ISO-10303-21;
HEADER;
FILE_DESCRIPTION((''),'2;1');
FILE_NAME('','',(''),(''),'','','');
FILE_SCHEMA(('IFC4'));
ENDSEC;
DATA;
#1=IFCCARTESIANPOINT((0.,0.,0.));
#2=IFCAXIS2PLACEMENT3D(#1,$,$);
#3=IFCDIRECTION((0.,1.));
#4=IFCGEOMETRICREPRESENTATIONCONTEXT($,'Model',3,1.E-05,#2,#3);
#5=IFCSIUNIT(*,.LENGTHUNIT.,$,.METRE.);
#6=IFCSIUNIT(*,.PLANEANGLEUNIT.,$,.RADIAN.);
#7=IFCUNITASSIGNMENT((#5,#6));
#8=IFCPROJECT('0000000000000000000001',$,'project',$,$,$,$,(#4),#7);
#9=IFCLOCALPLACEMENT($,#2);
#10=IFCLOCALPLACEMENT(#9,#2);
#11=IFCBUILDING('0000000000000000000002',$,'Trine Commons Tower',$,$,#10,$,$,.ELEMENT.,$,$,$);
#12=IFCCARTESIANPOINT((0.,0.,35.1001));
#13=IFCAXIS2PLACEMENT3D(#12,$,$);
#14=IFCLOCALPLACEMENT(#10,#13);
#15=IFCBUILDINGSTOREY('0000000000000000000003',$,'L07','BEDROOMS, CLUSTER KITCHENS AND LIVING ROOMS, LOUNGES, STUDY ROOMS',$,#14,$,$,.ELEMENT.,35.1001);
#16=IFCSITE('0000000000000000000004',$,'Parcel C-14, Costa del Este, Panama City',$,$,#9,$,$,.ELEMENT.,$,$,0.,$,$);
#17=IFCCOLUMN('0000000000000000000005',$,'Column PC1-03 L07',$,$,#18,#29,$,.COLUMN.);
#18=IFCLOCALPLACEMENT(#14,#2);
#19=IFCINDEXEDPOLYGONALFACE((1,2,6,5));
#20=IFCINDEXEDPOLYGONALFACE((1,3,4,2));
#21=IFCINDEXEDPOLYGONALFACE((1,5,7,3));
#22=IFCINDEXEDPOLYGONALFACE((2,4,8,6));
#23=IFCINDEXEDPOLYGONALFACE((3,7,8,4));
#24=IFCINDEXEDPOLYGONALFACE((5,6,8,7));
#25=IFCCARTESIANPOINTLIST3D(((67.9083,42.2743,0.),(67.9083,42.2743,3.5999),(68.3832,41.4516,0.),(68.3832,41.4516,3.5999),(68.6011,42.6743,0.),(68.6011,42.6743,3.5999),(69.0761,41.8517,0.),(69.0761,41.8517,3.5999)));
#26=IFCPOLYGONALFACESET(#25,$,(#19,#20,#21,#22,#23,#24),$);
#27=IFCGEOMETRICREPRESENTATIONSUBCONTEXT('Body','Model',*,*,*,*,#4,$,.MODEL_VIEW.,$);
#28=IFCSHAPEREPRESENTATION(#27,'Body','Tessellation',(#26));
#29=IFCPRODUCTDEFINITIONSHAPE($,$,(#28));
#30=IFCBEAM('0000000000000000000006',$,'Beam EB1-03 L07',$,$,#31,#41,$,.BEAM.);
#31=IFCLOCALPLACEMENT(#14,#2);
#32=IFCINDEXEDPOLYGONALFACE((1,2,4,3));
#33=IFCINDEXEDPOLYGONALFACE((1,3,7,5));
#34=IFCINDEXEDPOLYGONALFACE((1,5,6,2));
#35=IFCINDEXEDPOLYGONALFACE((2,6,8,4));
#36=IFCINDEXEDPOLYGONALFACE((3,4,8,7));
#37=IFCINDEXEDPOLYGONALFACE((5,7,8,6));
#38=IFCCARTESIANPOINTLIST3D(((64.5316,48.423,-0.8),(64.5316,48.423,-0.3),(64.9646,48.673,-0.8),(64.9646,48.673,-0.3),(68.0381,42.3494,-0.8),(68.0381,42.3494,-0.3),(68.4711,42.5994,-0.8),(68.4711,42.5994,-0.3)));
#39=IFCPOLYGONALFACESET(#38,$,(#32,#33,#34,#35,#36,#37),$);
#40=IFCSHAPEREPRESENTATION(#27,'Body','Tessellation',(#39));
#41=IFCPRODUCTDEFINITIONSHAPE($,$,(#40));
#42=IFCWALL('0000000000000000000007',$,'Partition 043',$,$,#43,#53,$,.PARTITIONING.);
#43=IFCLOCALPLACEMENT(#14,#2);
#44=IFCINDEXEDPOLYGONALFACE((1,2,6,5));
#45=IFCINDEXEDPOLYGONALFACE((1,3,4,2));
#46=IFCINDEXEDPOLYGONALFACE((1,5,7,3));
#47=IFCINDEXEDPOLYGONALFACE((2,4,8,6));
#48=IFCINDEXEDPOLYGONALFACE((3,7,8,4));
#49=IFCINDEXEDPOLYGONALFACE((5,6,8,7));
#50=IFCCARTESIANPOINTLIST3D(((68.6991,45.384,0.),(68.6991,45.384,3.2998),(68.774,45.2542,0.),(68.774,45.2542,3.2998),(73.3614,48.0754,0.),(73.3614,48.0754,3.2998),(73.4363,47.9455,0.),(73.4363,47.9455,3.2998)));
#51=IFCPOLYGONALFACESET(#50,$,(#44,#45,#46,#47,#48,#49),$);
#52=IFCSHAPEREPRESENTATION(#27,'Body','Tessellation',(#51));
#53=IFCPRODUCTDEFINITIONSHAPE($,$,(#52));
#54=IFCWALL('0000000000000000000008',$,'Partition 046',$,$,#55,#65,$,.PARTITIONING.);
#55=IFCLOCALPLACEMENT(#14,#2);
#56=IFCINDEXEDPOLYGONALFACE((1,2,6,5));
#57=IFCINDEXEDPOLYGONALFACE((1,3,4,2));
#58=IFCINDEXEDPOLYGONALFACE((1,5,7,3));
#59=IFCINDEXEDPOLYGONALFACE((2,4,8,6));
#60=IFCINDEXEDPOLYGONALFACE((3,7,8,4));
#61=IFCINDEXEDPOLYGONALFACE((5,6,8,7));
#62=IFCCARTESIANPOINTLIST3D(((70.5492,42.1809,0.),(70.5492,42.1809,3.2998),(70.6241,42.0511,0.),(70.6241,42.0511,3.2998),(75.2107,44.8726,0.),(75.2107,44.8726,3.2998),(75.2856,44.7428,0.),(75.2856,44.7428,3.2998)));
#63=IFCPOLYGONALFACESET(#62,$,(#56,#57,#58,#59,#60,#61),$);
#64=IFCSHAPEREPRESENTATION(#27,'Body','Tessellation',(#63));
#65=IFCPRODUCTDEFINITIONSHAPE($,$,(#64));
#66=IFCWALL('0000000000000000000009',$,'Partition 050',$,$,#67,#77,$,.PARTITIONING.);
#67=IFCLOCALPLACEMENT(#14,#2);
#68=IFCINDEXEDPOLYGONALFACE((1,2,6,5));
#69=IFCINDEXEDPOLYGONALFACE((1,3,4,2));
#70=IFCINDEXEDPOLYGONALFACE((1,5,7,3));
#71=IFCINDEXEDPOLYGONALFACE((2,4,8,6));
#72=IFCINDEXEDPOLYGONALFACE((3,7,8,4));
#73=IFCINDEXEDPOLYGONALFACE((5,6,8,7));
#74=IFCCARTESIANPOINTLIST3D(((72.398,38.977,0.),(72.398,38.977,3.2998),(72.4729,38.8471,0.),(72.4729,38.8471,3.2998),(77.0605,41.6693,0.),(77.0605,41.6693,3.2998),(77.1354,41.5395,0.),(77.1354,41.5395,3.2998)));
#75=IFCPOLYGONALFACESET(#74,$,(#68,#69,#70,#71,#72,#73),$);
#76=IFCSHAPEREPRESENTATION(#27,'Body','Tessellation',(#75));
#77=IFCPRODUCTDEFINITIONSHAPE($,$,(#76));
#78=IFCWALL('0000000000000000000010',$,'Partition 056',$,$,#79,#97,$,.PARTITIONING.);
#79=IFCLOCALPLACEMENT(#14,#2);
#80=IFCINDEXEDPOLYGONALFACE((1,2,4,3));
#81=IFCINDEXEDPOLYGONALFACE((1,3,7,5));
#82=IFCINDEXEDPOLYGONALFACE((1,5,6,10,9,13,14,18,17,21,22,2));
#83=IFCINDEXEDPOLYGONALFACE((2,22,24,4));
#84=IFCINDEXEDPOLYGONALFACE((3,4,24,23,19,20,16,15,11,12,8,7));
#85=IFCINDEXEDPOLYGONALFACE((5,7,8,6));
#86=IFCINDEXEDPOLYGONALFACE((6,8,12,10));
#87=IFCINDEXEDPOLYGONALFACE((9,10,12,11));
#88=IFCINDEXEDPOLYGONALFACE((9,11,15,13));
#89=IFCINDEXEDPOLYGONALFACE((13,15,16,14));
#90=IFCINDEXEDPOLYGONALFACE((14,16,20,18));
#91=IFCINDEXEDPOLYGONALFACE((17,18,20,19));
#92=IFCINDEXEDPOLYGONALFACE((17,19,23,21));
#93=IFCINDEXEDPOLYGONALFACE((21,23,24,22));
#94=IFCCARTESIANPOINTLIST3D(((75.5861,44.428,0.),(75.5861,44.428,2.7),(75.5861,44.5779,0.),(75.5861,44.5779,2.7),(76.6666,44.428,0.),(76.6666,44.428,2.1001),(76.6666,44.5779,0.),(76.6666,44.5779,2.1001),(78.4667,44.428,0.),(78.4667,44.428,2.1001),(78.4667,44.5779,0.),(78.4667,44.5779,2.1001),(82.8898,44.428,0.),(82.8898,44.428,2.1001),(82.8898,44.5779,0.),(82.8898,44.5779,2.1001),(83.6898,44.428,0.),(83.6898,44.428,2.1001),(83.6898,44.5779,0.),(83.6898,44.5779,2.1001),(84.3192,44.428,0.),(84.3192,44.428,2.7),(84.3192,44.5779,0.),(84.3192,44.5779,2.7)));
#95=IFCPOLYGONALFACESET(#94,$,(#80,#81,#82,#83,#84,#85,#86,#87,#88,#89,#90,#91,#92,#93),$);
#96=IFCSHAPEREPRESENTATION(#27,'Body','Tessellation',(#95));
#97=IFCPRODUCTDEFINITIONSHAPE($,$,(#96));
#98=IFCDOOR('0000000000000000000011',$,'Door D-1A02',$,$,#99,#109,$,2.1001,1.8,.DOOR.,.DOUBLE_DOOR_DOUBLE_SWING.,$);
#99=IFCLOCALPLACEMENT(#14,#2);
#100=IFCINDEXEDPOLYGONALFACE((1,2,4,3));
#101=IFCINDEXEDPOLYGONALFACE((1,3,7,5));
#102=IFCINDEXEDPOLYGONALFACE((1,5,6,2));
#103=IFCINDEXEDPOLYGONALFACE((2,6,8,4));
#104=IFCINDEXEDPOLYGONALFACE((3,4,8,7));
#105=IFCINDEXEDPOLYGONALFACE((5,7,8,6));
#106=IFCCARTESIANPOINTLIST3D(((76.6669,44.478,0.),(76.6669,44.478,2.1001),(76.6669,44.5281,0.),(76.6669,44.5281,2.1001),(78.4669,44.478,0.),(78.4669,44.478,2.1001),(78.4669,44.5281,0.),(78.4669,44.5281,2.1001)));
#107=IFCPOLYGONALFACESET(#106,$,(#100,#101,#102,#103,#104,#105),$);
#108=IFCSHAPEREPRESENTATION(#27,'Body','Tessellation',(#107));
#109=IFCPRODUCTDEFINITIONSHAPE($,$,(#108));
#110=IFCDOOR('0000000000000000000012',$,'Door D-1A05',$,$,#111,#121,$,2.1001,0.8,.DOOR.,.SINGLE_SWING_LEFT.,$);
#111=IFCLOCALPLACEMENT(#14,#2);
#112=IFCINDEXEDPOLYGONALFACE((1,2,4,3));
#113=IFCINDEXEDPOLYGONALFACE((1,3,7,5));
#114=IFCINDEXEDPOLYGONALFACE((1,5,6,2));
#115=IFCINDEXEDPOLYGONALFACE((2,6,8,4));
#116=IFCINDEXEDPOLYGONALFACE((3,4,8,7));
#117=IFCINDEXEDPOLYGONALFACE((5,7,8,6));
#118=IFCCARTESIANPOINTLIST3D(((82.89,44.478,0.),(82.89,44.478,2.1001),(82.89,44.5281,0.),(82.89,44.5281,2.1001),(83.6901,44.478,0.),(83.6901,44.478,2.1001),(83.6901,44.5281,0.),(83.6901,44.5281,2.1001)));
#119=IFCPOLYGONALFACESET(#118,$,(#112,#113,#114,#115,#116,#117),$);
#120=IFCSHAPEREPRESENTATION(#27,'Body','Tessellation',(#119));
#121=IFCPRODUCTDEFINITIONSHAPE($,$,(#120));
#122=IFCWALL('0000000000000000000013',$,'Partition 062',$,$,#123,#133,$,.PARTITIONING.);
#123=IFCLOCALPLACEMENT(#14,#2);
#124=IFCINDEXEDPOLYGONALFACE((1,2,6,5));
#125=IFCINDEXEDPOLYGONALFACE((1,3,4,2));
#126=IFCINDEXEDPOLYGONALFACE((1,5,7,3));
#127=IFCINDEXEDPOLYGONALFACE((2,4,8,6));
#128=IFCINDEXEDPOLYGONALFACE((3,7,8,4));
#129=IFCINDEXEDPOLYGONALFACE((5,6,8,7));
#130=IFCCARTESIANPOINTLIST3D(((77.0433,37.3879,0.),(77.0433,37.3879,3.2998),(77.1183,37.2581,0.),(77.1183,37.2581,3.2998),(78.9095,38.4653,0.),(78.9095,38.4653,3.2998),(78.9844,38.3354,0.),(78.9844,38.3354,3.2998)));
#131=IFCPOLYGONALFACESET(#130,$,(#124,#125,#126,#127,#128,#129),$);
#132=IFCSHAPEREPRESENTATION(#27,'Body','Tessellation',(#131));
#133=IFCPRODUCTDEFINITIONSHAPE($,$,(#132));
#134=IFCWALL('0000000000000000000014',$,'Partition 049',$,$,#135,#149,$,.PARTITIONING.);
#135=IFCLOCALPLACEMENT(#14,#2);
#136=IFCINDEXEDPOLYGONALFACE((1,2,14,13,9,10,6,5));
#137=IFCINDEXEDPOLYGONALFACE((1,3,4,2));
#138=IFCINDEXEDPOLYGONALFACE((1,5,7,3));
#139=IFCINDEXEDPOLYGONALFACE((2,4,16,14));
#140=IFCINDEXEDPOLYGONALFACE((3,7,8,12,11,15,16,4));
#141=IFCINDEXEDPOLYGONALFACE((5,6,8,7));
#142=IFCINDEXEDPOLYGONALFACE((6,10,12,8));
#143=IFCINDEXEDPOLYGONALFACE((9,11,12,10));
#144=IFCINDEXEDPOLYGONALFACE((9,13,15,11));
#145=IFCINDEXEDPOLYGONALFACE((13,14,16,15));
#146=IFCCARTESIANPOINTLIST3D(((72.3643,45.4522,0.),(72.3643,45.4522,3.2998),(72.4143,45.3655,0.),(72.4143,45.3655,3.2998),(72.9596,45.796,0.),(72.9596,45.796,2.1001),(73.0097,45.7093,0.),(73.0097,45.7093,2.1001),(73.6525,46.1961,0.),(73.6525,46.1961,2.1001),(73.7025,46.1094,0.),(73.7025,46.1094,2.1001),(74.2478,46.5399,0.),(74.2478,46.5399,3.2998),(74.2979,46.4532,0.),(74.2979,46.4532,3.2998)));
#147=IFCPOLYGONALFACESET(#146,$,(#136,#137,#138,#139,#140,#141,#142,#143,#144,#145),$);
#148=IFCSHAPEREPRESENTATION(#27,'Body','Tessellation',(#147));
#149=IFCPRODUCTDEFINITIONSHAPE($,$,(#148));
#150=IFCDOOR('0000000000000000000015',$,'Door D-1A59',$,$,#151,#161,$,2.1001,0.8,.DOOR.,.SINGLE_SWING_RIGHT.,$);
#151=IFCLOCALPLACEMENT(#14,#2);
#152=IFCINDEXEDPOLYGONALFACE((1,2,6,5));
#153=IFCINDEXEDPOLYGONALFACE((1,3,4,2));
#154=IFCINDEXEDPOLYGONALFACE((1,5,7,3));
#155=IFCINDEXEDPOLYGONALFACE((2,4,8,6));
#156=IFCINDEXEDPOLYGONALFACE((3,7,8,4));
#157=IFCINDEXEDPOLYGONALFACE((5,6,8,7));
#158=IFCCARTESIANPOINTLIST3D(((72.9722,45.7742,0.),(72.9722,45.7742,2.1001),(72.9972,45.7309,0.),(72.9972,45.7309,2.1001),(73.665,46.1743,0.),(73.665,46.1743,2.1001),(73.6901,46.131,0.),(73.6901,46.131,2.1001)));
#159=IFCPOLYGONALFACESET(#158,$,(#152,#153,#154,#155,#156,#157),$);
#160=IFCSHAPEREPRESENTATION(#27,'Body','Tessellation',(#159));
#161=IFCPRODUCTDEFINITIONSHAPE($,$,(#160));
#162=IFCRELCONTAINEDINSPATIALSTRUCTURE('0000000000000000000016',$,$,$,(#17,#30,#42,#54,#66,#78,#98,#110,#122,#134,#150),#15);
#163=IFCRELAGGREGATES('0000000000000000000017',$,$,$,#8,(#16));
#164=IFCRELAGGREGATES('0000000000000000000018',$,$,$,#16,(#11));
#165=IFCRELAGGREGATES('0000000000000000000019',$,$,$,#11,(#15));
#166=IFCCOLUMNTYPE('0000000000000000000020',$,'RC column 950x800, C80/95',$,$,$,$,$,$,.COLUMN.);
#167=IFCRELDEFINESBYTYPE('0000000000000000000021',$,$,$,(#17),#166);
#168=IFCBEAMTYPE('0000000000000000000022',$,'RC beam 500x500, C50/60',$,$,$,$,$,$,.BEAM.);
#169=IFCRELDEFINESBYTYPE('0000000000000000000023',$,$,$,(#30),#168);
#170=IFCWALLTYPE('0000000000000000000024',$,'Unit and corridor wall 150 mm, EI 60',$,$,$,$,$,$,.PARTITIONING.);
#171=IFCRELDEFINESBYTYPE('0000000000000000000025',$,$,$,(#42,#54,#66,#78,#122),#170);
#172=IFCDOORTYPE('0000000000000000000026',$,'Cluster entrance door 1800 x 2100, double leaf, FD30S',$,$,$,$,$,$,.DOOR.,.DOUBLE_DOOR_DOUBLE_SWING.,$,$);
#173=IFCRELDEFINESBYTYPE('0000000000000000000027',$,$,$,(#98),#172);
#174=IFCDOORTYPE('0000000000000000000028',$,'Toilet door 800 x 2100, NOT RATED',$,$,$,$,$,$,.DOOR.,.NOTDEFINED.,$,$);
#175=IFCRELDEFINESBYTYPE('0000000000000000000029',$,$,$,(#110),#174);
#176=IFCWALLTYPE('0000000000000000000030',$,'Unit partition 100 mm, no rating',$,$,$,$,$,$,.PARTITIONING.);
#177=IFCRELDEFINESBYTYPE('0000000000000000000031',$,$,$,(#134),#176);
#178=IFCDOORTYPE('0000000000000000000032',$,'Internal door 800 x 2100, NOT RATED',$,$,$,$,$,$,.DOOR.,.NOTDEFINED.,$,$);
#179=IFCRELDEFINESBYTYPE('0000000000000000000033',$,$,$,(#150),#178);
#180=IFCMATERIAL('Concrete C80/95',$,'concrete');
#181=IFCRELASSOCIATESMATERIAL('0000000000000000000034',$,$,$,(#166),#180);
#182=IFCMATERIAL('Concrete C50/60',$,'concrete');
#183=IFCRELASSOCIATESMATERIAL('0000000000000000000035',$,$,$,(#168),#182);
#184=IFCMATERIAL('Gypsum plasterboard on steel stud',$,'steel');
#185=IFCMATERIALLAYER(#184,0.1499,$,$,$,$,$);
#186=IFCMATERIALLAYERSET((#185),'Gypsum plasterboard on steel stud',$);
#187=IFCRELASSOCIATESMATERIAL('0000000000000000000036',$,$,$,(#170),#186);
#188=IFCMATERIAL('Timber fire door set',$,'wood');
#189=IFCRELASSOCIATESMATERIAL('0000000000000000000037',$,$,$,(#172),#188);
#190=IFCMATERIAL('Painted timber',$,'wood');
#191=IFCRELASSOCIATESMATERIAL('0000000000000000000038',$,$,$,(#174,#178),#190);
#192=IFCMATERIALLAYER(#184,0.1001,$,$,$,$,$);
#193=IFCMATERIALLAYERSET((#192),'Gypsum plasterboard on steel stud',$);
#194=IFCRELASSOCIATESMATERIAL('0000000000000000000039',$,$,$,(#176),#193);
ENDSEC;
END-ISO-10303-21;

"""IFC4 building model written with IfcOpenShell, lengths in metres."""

from ifc_helpers import new_model, si_unit, direction, frame, frame_2d, origin, origin_2d, place, context, subcontext, project, spatial, rectangle, extrude, material, layer, layer_set, material_profile, profile_set, type_object, element, fill, save


model = new_model("IFC4")

# Units and contexts
model_context = context("Model", 3, precision=1e-05, world=origin(), true_north=direction((0.0, 1.0)))
body_context = subcontext(model_context, "Body", "Model", "MODEL_VIEW")
ifc_project = project(units=[si_unit("LENGTHUNIT", "METRE"), si_unit("PLANEANGLEUNIT", "RADIAN")], contexts=[model_context])

# Site, building, storey
site_placement = place(None, origin())
site = spatial("IfcSite", under=ifc_project, at=site_placement, Name="Parcel C-14, Costa del Este, Panama City", CompositionType="ELEMENT", RefElevation=0.0)
building_placement = place(site_placement, origin())
building = spatial("IfcBuilding", under=site, at=building_placement, Name="Trine Commons Tower", CompositionType="ELEMENT")
storey_placement = place(building_placement, frame((0.0, 0.0, 35.1001)))
storey = spatial("IfcBuildingStorey", under=building, at=storey_placement, Name="L07", Description="BEDROOMS, CLUSTER KITCHENS AND LIVING ROOMS, LOUNGES, STUDY ROOMS", CompositionType="ELEMENT", Elevation=35.1001)

# Column
ifc_material_1 = material(Name="Concrete C80/95", Category="concrete")
ifc_material_profile_1 = material_profile(ifc_material_1, rectangle(XDim=0.95, YDim=0.8, at=origin_2d()), Name="RC 950x800")
ifc_profile_set_1 = profile_set([ifc_material_profile_1], Name="Concrete C80/95")
column_type = type_object("IfcColumnType", Name="RC column 950x800, C80/95", PredefinedType="COLUMN", material=ifc_profile_set_1)
column_placement = place(storey_placement, frame((68.4922, 42.063, 0.0), z_axis=(0.0, 0.0, 1.0), x_axis=(-0.5, 0.866025, 0.0)))
element("IfcColumn", 1, at=column_placement, inside=storey, type_object=column_type, Name="Column PC1-03 L07", PredefinedType="COLUMN", context=body_context, shape_type="SweptSolid", body=[
    extrude(rectangle(XDim=0.95, YDim=0.8, at=origin_2d()), origin(), (0.0, 0.0, 1.0), 3.5999),
])

# Beam
ifc_material_2 = material(Name="Concrete C50/60", Category="concrete")
ifc_material_profile_2 = material_profile(ifc_material_2, rectangle(XDim=0.5, YDim=0.5, at=origin_2d()), Name="RC 500x500")
ifc_profile_set_2 = profile_set([ifc_material_profile_2], Name="Concrete C50/60")
beam_type = type_object("IfcBeamType", Name="RC beam 500x500, C50/60", PredefinedType="BEAM", material=ifc_profile_set_2)
beam_placement = place(storey_placement, frame((68.2546, 42.4744, -0.55), z_axis=(-0.499992, 0.86603, 0.0), x_axis=(-0.86603, -0.499992, 0.0)))
element("IfcBeam", 2, at=beam_placement, inside=storey, type_object=beam_type, Name="Beam EB1-03 L07", PredefinedType="BEAM", context=body_context, shape_type="SweptSolid", body=[
    extrude(rectangle(XDim=0.5, YDim=0.5, at=origin_2d()), origin(), (0.0, 0.0, 1.0), 7.0132),
])

# Walls
ifc_material_3 = material(Name="Gypsum plasterboard on steel stud", Category="steel")
ifc_layer_1 = layer(ifc_material_3, 0.1499)
ifc_layer_set_1 = layer_set([ifc_layer_1], Name="Gypsum plasterboard on steel stud")
wall_type_1 = type_object("IfcWallType", Name="Unit and corridor wall 150 mm, EI 60", PredefinedType="PARTITIONING", material=ifc_layer_set_1)
wall_1_placement = place(storey_placement, frame((68.7366, 45.3191, 0.0), z_axis=(0.0, 0.0, 1.0), x_axis=(0.866058, 0.499944, 0.0)))
element("IfcWall", 3, at=wall_1_placement, inside=storey, type_object=wall_type_1, Name="Partition 043", PredefinedType="PARTITIONING", context=body_context, shape_type="SweptSolid", body=[
    extrude(rectangle(XDim=5.3833, YDim=0.1499, at=frame_2d((2.6917, 0.0))), origin(), (0.0, 0.0, 1.0), 3.2998),
])
wall_2_placement = place(storey_placement, frame((70.5867, 42.116, 0.0), z_axis=(0.0, 0.0, 1.0), x_axis=(0.865993, 0.500056, 0.0)))
element("IfcWall", 4, at=wall_2_placement, inside=storey, type_object=wall_type_1, Name="Partition 046", PredefinedType="PARTITIONING", context=body_context, shape_type="SweptSolid", body=[
    extrude(rectangle(XDim=5.3828, YDim=0.1499, at=frame_2d((2.6914, 0.0))), origin(), (0.0, 0.0, 1.0), 3.2998),
])
wall_3_placement = place(storey_placement, frame((72.4355, 38.9121, 0.0), z_axis=(0.0, 0.0, 1.0), x_axis=(0.865991, 0.50006, 0.0)))
element("IfcWall", 5, at=wall_3_placement, inside=storey, type_object=wall_type_1, Name="Partition 050", PredefinedType="PARTITIONING", context=body_context, shape_type="SweptSolid", body=[
    extrude(rectangle(XDim=5.384, YDim=0.1499, at=frame_2d((2.6919, 0.0))), origin(), (0.0, 0.0, 1.0), 3.2998),
])

# Wall, openings, doors
wall_4_placement = place(storey_placement, frame((75.5859, 44.5029, 0.0), z_axis=(0.0, 0.0, 1.0), x_axis=(1.0, 0.0, 0.0)))
wall_4 = element("IfcWall", 6, at=wall_4_placement, inside=storey, type_object=wall_type_1, Name="Partition 056", PredefinedType="PARTITIONING", context=body_context, shape_type="SweptSolid", body=[
    extrude(rectangle(XDim=8.7332, YDim=0.1499, at=frame_2d((4.3667, 0.0))), origin(), (0.0, 0.0, 1.0), 2.7),
])
opening_1_placement = place(wall_4_placement, frame((1.0808, 0.0, 0.0)))
opening_1 = element("IfcOpeningElement", 7, at=opening_1_placement, cuts=wall_4, PredefinedType="OPENING", context=body_context, shape_type="SweptSolid", body=[
    extrude(rectangle(XDim=1.8, YDim=2.1001, at=frame_2d((0.8999, 1.05))), frame((0.0, 0.085, 0.0), z_axis=(0.0, -1.0, 0.0), x_axis=(1.0, 0.0, 0.0)), (0.0, 0.0, 1.0), 0.1699),
])
opening_2_placement = place(wall_4_placement, frame((7.304, 0.0, 0.0)))
opening_2 = element("IfcOpeningElement", 8, at=opening_2_placement, cuts=wall_4, PredefinedType="OPENING", context=body_context, shape_type="SweptSolid", body=[
    extrude(rectangle(XDim=0.8, YDim=2.1001, at=frame_2d((0.3999, 1.05))), frame((0.0, 0.085, 0.0), z_axis=(0.0, -1.0, 0.0), x_axis=(1.0, 0.0, 0.0)), (0.0, 0.0, 1.0), 0.1699),
])
ifc_material_4 = material(Name="Timber fire door set", Category="wood")
door_type_1 = type_object("IfcDoorType", Name="Cluster entrance door 1800 x 2100, double leaf, FD30S", OperationType="DOUBLE_DOOR_DOUBLE_SWING", PredefinedType="DOOR", material=ifc_material_4)
door_1_placement = place(opening_1_placement, frame((1.8, 0.0, 0.0), z_axis=(0.0, 0.0, 1.0), x_axis=(-1.0, 0.0, 0.0)))
door_1 = element("IfcDoor", 9, at=door_1_placement, inside=storey, type_object=door_type_1, Name="Door D-1A02", OperationType="DOUBLE_DOOR_DOUBLE_SWING", OverallHeight=2.1001, OverallWidth=1.8, PredefinedType="DOOR", context=body_context, shape_type="SweptSolid", body=[
    extrude(rectangle(XDim=1.8, YDim=2.1001, at=frame_2d((0.8999, 1.05))), frame((0.0, 0.0249, 0.0), z_axis=(0.0, -1.0, 0.0), x_axis=(1.0, 0.0, 0.0)), (0.0, 0.0, 1.0), 0.05),
])
fill(opening_1, door_1)
ifc_material_5 = material(Name="Painted timber", Category="wood")
door_type_2 = type_object("IfcDoorType", Name="Toilet door 800 x 2100, NOT RATED", OperationType="NOTDEFINED", PredefinedType="DOOR", material=ifc_material_5)
door_2_placement = place(opening_2_placement, frame((0.8, 0.0, 0.0), z_axis=(0.0, 0.0, 1.0), x_axis=(-1.0, 0.0, 0.0)))
door_2 = element("IfcDoor", 10, at=door_2_placement, inside=storey, type_object=door_type_2, Name="Door D-1A05", OperationType="SINGLE_SWING_LEFT", OverallHeight=2.1001, OverallWidth=0.8, PredefinedType="DOOR", context=body_context, shape_type="SweptSolid", body=[
    extrude(rectangle(XDim=0.8, YDim=2.1001, at=frame_2d((0.3999, 1.05))), frame((0.0, 0.0249, 0.0), z_axis=(0.0, -1.0, 0.0), x_axis=(1.0, 0.0, 0.0)), (0.0, 0.0, 1.0), 0.05),
])
fill(opening_2, door_2)

# Wall
wall_5_placement = place(storey_placement, frame((77.0808, 37.323, 0.0), z_axis=(0.0, 0.0, 1.0), x_axis=(0.866038, 0.499977, 0.0)))
element("IfcWall", 11, at=wall_5_placement, inside=storey, type_object=wall_type_1, Name="Partition 062", PredefinedType="PARTITIONING", context=body_context, shape_type="SweptSolid", body=[
    extrude(rectangle(XDim=2.1548, YDim=0.1499, at=frame_2d((1.0774, 0.0))), origin(), (0.0, 0.0, 1.0), 3.2998),
])

# Wall, opening, door
ifc_layer_2 = layer(ifc_material_3, 0.1001)
ifc_layer_set_2 = layer_set([ifc_layer_2], Name="Gypsum plasterboard on steel stud")
wall_type_2 = type_object("IfcWallType", Name="Unit partition 100 mm, no rating", PredefinedType="PARTITIONING", material=ifc_layer_set_2)
wall_6_placement = place(storey_placement, frame((72.3894, 45.4089, 0.0), z_axis=(0.0, 0.0, 1.0), x_axis=(0.865989, 0.500063, 0.0)))
wall_6 = element("IfcWall", 12, at=wall_6_placement, inside=storey, type_object=wall_type_2, Name="Partition 049", PredefinedType="PARTITIONING", context=body_context, shape_type="SweptSolid", body=[
    extrude(rectangle(XDim=2.175, YDim=0.1001, at=frame_2d((1.0874, 0.0))), origin(), (0.0, 0.0, 1.0), 3.2998),
])
opening_3_placement = place(wall_6_placement, frame((0.6875, 0.0, 0.0)))
opening_3 = element("IfcOpeningElement", 13, at=opening_3_placement, cuts=wall_6, PredefinedType="OPENING", context=body_context, shape_type="SweptSolid", body=[
    extrude(rectangle(XDim=0.8, YDim=2.1001, at=frame_2d((0.3999, 1.05))), frame((0.0, 0.0601, 0.0), z_axis=(0.0, -1.0, 0.0), x_axis=(1.0, 0.0, 0.0)), (0.0, 0.0, 1.0), 0.1201),
])
door_type_3 = type_object("IfcDoorType", Name="Internal door 800 x 2100, NOT RATED", OperationType="NOTDEFINED", PredefinedType="DOOR", material=ifc_material_5)
door_3_placement = place(opening_3_placement, origin())
door_3 = element("IfcDoor", 14, at=door_3_placement, inside=storey, type_object=door_type_3, Name="Door D-1A59", OperationType="SINGLE_SWING_RIGHT", OverallHeight=2.1001, OverallWidth=0.8, PredefinedType="DOOR", context=body_context, shape_type="SweptSolid", body=[
    extrude(rectangle(XDim=0.8, YDim=2.1001, at=frame_2d((0.3999, 1.05))), frame((0.0, 0.0249, 0.0), z_axis=(0.0, -1.0, 0.0), x_axis=(1.0, 0.0, 0.0)), (0.0, 0.0, 1.0), 0.05),
])
fill(opening_3, door_3)

save(model, "model.ifc")
